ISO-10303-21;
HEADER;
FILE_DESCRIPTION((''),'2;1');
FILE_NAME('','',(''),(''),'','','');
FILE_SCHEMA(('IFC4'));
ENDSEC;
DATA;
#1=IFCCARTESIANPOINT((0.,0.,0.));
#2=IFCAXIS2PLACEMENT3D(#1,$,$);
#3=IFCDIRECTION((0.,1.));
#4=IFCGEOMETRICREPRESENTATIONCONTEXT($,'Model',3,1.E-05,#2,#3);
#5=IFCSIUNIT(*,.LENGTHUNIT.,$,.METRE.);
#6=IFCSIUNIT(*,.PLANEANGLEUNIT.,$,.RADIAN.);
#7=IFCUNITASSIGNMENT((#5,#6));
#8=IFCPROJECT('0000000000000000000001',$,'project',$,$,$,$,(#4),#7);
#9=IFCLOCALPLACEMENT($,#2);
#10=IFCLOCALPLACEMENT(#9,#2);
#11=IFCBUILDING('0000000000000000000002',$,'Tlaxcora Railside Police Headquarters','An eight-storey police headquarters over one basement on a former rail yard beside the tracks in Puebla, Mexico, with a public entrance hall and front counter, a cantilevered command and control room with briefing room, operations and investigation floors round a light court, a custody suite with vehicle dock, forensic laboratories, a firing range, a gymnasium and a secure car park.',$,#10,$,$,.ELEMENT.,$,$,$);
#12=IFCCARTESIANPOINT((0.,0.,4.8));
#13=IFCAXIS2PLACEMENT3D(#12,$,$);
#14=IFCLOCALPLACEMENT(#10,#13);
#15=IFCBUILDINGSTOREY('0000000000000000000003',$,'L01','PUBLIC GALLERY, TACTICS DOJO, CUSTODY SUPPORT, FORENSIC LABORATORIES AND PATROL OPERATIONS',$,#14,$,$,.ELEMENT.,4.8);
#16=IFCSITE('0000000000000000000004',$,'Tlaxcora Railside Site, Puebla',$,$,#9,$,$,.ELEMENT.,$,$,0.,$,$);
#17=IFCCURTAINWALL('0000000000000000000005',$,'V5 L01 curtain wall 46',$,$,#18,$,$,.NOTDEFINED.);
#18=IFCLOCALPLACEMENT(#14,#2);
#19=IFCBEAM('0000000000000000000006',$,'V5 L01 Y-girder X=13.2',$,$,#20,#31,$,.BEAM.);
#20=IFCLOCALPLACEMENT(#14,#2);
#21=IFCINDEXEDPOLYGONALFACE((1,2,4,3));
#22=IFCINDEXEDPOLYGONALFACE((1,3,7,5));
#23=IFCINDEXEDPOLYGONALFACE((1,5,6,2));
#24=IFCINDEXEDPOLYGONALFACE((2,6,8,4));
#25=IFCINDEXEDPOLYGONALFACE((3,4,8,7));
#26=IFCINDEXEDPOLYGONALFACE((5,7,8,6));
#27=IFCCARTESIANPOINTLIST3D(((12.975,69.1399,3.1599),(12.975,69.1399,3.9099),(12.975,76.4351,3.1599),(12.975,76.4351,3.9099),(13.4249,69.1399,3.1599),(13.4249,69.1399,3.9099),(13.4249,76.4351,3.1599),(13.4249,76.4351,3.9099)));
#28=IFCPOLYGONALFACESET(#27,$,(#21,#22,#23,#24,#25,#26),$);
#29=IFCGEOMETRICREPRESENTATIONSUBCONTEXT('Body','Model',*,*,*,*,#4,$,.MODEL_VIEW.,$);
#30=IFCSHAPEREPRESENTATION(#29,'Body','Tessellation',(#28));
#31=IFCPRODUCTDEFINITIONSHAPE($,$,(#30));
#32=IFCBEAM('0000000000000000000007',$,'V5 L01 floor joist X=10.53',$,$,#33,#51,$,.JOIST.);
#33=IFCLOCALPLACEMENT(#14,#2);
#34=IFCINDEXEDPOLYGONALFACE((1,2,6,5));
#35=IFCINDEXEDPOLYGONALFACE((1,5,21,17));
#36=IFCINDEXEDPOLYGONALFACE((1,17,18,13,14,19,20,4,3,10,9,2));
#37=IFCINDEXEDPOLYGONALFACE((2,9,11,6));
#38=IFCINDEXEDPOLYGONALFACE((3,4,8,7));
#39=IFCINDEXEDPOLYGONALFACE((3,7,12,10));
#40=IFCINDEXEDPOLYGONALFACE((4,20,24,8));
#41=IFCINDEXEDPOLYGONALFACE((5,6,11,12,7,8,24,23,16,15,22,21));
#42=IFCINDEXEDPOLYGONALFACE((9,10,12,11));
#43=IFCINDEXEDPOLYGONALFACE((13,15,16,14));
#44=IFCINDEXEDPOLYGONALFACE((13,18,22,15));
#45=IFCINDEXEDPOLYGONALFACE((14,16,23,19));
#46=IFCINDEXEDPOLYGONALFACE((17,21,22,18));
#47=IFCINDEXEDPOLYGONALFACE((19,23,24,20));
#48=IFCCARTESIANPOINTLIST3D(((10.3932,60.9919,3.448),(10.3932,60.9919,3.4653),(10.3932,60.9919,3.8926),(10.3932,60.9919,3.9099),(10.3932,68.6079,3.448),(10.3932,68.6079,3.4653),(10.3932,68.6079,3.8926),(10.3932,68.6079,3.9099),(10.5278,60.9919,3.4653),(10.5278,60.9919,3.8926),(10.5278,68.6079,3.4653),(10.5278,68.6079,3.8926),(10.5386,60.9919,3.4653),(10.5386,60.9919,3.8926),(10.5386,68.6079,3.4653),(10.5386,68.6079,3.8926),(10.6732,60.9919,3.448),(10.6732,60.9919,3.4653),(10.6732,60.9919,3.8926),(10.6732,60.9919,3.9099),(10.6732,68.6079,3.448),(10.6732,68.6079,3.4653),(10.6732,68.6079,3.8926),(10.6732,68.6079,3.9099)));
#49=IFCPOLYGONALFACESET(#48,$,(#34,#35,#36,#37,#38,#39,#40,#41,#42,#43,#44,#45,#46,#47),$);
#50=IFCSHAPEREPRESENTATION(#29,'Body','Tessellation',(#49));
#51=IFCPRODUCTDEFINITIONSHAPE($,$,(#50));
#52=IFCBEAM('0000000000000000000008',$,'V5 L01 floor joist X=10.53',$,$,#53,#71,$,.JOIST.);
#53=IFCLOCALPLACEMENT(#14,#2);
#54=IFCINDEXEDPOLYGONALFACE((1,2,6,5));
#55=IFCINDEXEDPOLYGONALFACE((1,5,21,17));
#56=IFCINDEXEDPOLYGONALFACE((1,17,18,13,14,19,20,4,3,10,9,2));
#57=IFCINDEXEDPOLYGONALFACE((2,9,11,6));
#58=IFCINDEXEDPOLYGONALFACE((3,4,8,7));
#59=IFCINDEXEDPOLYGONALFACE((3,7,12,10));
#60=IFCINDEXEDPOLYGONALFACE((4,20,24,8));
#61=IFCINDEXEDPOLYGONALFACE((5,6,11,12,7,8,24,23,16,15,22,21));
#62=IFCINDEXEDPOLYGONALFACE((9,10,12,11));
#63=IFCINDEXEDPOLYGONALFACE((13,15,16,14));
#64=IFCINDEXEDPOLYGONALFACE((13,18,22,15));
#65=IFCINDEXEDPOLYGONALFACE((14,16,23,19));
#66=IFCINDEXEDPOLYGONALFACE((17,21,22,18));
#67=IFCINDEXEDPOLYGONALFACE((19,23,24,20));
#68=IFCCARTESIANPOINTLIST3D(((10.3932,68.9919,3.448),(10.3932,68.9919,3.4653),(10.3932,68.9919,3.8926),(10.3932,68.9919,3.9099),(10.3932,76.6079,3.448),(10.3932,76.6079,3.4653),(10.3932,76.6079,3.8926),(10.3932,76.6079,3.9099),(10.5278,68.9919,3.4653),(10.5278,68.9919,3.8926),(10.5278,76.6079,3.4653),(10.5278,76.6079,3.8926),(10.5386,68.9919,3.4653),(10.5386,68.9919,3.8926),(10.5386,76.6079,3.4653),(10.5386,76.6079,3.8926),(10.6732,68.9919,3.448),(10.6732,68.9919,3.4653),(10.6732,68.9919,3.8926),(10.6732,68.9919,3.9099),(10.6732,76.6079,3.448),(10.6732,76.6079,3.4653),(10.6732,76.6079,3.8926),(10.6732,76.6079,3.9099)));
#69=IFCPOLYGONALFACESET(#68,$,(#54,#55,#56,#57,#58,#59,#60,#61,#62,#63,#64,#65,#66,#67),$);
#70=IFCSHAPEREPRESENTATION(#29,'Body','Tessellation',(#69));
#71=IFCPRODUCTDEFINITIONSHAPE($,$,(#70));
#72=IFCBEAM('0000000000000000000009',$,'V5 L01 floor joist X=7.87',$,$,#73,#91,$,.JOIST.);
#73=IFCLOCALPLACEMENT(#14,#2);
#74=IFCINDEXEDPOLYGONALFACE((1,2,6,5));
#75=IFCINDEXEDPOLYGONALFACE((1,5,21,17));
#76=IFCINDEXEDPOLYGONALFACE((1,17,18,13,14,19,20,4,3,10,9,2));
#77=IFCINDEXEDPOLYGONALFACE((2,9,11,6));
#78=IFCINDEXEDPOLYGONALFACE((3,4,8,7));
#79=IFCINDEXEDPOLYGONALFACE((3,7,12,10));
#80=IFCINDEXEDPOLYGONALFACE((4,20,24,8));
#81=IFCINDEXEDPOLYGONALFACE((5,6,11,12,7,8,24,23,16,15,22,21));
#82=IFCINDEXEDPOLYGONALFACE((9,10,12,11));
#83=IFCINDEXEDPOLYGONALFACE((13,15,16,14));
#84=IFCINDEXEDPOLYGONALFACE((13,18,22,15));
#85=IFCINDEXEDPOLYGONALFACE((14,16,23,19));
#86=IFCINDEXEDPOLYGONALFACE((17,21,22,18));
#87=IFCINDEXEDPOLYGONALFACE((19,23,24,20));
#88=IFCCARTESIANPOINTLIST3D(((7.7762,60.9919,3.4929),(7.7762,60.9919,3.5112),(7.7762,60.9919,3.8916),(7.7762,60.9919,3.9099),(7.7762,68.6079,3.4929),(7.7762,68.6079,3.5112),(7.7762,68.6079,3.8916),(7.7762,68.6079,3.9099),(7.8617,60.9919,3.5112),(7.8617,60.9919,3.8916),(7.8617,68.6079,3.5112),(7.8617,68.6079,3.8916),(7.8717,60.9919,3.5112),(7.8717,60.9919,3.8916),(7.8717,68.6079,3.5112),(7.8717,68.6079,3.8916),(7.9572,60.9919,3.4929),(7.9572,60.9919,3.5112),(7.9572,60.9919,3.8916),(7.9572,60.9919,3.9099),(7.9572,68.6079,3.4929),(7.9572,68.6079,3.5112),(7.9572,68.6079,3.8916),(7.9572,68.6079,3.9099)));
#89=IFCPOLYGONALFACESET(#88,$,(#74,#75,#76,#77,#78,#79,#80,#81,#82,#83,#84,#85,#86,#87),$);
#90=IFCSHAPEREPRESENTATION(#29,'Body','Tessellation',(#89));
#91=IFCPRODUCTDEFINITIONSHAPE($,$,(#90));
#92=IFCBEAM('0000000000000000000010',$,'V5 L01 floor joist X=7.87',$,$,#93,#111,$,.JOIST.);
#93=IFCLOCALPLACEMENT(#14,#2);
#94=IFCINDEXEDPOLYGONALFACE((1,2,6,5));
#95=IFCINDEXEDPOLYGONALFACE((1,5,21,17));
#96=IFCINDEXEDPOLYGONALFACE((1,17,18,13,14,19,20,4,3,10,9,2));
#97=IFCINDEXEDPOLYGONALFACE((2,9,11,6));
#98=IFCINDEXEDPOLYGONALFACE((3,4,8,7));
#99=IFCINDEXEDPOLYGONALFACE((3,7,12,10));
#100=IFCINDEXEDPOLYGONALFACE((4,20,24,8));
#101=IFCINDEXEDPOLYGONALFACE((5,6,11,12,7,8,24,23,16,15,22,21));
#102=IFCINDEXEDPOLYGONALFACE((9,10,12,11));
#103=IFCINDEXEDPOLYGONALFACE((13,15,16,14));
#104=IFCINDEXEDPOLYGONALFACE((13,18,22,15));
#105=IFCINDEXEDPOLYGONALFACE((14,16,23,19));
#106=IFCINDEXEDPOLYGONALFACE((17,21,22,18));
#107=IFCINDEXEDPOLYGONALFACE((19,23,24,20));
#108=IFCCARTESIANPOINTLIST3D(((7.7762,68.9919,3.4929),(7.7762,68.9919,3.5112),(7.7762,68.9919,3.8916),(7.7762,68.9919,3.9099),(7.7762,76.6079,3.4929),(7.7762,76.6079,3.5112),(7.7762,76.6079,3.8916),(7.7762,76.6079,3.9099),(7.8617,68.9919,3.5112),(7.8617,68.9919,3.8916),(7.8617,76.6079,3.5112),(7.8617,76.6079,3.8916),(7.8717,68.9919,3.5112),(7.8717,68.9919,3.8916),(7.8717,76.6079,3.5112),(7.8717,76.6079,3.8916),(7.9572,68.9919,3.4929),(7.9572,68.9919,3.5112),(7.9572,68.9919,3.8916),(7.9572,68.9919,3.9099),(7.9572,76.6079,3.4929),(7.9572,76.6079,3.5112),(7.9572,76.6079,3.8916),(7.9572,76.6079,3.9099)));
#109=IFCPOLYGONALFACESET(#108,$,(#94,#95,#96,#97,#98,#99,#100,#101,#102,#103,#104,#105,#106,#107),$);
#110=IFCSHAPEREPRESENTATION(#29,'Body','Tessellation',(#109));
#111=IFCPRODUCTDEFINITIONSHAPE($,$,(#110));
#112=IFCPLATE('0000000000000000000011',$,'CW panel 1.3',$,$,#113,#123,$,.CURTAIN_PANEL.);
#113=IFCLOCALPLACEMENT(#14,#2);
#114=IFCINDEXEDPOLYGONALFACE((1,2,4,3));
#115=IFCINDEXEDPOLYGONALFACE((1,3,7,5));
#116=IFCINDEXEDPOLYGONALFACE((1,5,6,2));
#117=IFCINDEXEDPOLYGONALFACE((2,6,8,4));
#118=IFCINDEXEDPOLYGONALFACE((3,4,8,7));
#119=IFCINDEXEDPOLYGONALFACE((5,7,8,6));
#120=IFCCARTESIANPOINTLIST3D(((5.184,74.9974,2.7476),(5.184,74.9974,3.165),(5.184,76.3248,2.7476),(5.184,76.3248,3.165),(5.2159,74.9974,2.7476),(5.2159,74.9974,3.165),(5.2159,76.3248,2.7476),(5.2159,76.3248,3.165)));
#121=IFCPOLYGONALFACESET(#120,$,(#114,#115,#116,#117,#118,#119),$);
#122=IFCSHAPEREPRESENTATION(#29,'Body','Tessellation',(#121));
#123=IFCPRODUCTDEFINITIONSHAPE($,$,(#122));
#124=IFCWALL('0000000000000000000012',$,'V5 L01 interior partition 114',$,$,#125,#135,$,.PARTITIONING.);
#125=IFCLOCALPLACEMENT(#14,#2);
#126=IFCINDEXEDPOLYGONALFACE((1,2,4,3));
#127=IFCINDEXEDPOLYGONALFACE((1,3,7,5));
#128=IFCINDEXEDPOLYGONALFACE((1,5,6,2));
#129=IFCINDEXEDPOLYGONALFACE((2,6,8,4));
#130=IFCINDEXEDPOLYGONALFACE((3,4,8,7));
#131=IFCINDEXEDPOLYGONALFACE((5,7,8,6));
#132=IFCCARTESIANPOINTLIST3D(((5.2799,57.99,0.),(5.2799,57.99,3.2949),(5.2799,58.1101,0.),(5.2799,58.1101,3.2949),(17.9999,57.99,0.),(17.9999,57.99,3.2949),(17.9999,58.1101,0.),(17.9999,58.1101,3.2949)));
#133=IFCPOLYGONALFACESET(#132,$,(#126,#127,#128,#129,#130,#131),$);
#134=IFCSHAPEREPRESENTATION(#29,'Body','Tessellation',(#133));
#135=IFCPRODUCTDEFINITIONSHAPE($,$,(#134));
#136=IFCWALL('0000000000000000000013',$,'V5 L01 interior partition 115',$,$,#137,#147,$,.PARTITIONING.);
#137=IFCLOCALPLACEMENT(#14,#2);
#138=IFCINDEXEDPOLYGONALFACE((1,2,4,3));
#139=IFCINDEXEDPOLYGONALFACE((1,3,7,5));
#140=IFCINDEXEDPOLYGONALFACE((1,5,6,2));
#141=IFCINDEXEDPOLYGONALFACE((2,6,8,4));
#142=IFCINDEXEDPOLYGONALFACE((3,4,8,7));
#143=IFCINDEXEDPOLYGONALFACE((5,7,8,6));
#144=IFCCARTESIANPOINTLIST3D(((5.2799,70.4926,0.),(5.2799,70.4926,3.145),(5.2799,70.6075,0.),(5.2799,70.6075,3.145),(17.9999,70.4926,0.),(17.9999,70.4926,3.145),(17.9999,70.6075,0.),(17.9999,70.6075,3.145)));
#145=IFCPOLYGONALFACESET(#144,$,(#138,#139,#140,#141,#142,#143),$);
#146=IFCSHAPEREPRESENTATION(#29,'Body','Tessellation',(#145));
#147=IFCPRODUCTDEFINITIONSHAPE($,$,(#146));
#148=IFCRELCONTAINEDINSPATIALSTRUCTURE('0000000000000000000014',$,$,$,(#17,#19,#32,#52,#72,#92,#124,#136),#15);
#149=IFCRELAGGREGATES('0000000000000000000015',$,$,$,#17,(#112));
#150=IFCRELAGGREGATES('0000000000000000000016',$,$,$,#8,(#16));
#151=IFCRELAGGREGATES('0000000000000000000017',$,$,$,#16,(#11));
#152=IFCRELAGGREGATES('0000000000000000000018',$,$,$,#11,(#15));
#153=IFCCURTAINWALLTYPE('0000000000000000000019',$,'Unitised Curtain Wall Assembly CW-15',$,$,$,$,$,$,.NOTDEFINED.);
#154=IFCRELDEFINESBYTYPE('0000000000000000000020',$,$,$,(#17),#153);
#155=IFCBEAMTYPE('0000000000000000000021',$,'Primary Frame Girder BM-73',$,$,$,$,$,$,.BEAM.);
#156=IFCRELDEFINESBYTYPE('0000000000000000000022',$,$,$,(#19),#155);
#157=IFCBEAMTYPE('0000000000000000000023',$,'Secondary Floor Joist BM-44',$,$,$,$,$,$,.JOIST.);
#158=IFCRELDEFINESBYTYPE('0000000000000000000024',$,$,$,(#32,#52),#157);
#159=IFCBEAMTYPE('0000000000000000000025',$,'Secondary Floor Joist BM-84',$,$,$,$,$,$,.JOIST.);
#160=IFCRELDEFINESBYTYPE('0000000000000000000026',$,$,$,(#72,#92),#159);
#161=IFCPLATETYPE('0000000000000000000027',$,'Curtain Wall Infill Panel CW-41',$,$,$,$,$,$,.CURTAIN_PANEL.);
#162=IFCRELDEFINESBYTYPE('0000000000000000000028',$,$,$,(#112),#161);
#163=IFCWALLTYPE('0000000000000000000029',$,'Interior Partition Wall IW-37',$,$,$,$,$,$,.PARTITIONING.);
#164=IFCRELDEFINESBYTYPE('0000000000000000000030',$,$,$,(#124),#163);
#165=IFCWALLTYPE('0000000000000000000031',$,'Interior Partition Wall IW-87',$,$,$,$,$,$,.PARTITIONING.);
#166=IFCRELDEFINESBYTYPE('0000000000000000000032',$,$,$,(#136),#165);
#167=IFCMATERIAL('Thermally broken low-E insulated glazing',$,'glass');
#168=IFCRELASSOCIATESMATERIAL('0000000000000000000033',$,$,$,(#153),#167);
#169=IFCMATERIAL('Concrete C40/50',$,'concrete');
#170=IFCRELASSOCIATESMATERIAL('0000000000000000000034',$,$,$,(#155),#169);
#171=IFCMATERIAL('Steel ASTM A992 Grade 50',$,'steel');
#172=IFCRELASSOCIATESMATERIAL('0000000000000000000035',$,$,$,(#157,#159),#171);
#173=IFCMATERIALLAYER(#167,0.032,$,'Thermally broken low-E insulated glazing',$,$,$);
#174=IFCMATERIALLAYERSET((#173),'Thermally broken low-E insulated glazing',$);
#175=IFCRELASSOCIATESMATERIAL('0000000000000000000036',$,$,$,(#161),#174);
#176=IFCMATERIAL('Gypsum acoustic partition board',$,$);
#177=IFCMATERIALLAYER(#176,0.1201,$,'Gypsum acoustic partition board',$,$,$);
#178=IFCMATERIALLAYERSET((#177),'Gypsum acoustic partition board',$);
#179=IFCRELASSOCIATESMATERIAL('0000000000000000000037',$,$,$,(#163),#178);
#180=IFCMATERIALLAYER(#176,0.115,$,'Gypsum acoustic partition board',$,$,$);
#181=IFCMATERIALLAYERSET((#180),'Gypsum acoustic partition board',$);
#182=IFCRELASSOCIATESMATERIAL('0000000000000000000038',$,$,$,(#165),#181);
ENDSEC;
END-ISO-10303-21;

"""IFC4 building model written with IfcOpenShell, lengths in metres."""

from ifc_helpers import new_model, si_unit, direction, frame, frame_2d, origin, origin_2d, place, context, subcontext, project, spatial, rectangle, i_section, extrude, material, layer, layer_set, material_profile, profile_set, type_object, element, aggregate, save


model = new_model("IFC4")

# Units and contexts
model_context = context("Model", 3, precision=1e-05, world=origin(), true_north=direction((0.0, 1.0)))
body_context = subcontext(model_context, "Body", "Model", "MODEL_VIEW")
ifc_project = project(units=[si_unit("LENGTHUNIT", "METRE"), si_unit("PLANEANGLEUNIT", "RADIAN")], contexts=[model_context])

# Site, building, storey
site_placement = place(None, origin())
site = spatial("IfcSite", under=ifc_project, at=site_placement, Name="Tlaxcora Railside Site, Puebla", CompositionType="ELEMENT", RefElevation=0.0)
building_placement = place(site_placement, origin())
building = spatial("IfcBuilding", under=site, at=building_placement, Name="Tlaxcora Railside Police Headquarters", Description="An eight-storey police headquarters over one basement on a former rail yard beside the tracks in Puebla, Mexico, with a public entrance hall and front counter, a cantilevered command and control room with briefing room, operations and investigation floors round a light court, a custody suite with vehicle dock, forensic laboratories, a firing range, a gymnasium and a secure car park.", CompositionType="ELEMENT")
storey_placement = place(building_placement, frame((0.0, 0.0, 4.8)))
storey = spatial("IfcBuildingStorey", under=building, at=storey_placement, Name="L01", Description="PUBLIC GALLERY, TACTICS DOJO, CUSTODY SUPPORT, FORENSIC LABORATORIES AND PATROL OPERATIONS", CompositionType="ELEMENT", Elevation=4.8)

# Shared definitions
ifc_material_1 = material(Name="Concrete C40/50", Category="concrete")

# Curtain wall
ifc_material_2 = material(Name="Thermally broken low-E insulated glazing", Category="glass")
curtain_wall_type = type_object("IfcCurtainWallType", Name="Unitised Curtain Wall Assembly CW-15", PredefinedType="NOTDEFINED", material=ifc_material_2)
curtain_wall_placement = place(storey_placement, origin())
curtain_wall = element("IfcCurtainWall", 1, at=curtain_wall_placement, inside=storey, type_object=curtain_wall_type, Name="V5 L01 curtain wall 46", PredefinedType="NOTDEFINED")

# Beams
ifc_material_profile_1 = material_profile(ifc_material_1, rectangle(XDim=0.45, YDim=0.75, at=origin_2d()), Name="RC450X750")
ifc_profile_set_1 = profile_set([ifc_material_profile_1], Name="Concrete C40/50")
beam_type_1 = type_object("IfcBeamType", Name="Primary Frame Girder BM-73", PredefinedType="BEAM", material=ifc_profile_set_1)
beam_1_placement = place(storey_placement, frame((13.2, 69.1399, 3.5349), z_axis=(0.0, 1.0, 0.0), x_axis=(-1.0, 0.0, 0.0)))
element("IfcBeam", 2, at=beam_1_placement, inside=storey, type_object=beam_type_1, Name="V5 L01 Y-girder X=13.2", PredefinedType="BEAM", context=body_context, shape_type="SweptSolid", body=[
    extrude(rectangle(XDim=0.45, YDim=0.75, at=origin_2d()), origin(), (0.0, 0.0, 1.0), 7.2952),
])
ifc_material_3 = material(Name="Steel ASTM A992 Grade 50", Category="steel")
ifc_material_profile_2 = material_profile(ifc_material_3, i_section(OverallWidth=0.28, OverallDepth=0.4619, WebThickness=0.0107, FlangeThickness=0.0173, at=origin_2d()), Name="W18X76")
ifc_profile_set_2 = profile_set([ifc_material_profile_2], Name="Steel ASTM A992 Grade 50")
beam_type_2 = type_object("IfcBeamType", Name="Secondary Floor Joist BM-44", PredefinedType="JOIST", material=ifc_profile_set_2)
for number, where, z_axis, x_axis, name in (
    (3, (10.5332, 60.9919, 3.679), (0.0, 1.0, 0.0), (-1.0, 0.0, 0.0), "V5 L01 floor joist X=10.53"),
    (4, (10.5332, 68.9919, 3.679), (0.0, 1.0, 0.0), (-1.0, 0.0, 0.0), "V5 L01 floor joist X=10.53"),
):
    element("IfcBeam", number, at=place(storey_placement, frame(where, z_axis=z_axis, x_axis=x_axis)), inside=storey, type_object=beam_type_2, Name=name, PredefinedType="JOIST", context=body_context, shape_type="SweptSolid", body=[
        extrude(i_section(OverallWidth=0.28, OverallDepth=0.4619, WebThickness=0.0107, FlangeThickness=0.0173, at=origin_2d()), origin(), (0.0, 0.0, 1.0), 7.616),
    ])
ifc_material_profile_3 = material_profile(ifc_material_3, i_section(OverallWidth=0.1809, OverallDepth=0.417, WebThickness=0.01, FlangeThickness=0.0183, at=origin_2d()), Name="W16X57")
ifc_profile_set_3 = profile_set([ifc_material_profile_3], Name="Steel ASTM A992 Grade 50")
beam_type_3 = type_object("IfcBeamType", Name="Secondary Floor Joist BM-84", PredefinedType="JOIST", material=ifc_profile_set_3)
for number, where, z_axis, x_axis, name in (
    (5, (7.8667, 60.9919, 3.7014), (0.0, 1.0, 0.0), (-1.0, 0.0, 0.0), "V5 L01 floor joist X=7.87"),
    (6, (7.8667, 68.9919, 3.7014), (0.0, 1.0, 0.0), (-1.0, 0.0, 0.0), "V5 L01 floor joist X=7.87"),
):
    element("IfcBeam", number, at=place(storey_placement, frame(where, z_axis=z_axis, x_axis=x_axis)), inside=storey, type_object=beam_type_3, Name=name, PredefinedType="JOIST", context=body_context, shape_type="SweptSolid", body=[
        extrude(i_section(OverallWidth=0.1809, OverallDepth=0.417, WebThickness=0.01, FlangeThickness=0.0183, at=origin_2d()), origin(), (0.0, 0.0, 1.0), 7.616),
    ])

# Plate
ifc_layer_1 = layer(ifc_material_2, 0.032, Name="Thermally broken low-E insulated glazing")
ifc_layer_set_1 = layer_set([ifc_layer_1], Name="Thermally broken low-E insulated glazing")
plate_type = type_object("IfcPlateType", Name="Curtain Wall Infill Panel CW-41", PredefinedType="CURTAIN_PANEL", material=ifc_layer_set_1)
plate_placement = place(storey_placement, frame((5.2, 75.6611, 2.7476), z_axis=(0.0, 0.0, 1.0), x_axis=(0.0, -1.0, 0.0)))
plate = element("IfcPlate", 7, at=plate_placement, type_object=plate_type, Name="CW panel 1.3", PredefinedType="CURTAIN_PANEL", context=body_context, shape_type="SweptSolid", body=[
    extrude(rectangle(XDim=1.3274, YDim=0.032, at=origin_2d()), origin(), (0.0, 0.0, 1.0), 0.4175),
])
aggregate(curtain_wall, [plate])

# Walls
ifc_material_4 = material(Name="Gypsum acoustic partition board")
ifc_layer_2 = layer(ifc_material_4, 0.1201, Name="Gypsum acoustic partition board")
ifc_layer_set_2 = layer_set([ifc_layer_2], Name="Gypsum acoustic partition board")
wall_type_1 = type_object("IfcWallType", Name="Interior Partition Wall IW-37", PredefinedType="PARTITIONING", material=ifc_layer_set_2)
wall_1_placement = place(storey_placement, frame((5.28, 58.05, 0.0), z_axis=(0.0, 0.0, 1.0), x_axis=(1.0, 0.0, 0.0)))
element("IfcWall", 8, at=wall_1_placement, inside=storey, type_object=wall_type_1, Name="V5 L01 interior partition 114", PredefinedType="PARTITIONING", context=body_context, shape_type="SweptSolid", body=[
    extrude(rectangle(XDim=12.72, YDim=0.1201, at=frame_2d((6.3599, 0.0))), origin(), (0.0, 0.0, 1.0), 3.2949),
])
ifc_layer_3 = layer(ifc_material_4, 0.115, Name="Gypsum acoustic partition board")
ifc_layer_set_3 = layer_set([ifc_layer_3], Name="Gypsum acoustic partition board")
wall_type_2 = type_object("IfcWallType", Name="Interior Partition Wall IW-87", PredefinedType="PARTITIONING", material=ifc_layer_set_3)
wall_2_placement = place(storey_placement, frame((5.28, 70.55, 0.0), z_axis=(0.0, 0.0, 1.0), x_axis=(1.0, 0.0, 0.0)))
element("IfcWall", 9, at=wall_2_placement, inside=storey, type_object=wall_type_2, Name="V5 L01 interior partition 115", PredefinedType="PARTITIONING", context=body_context, shape_type="SweptSolid", body=[
    extrude(rectangle(XDim=12.72, YDim=0.115, at=frame_2d((6.3599, 0.0))), origin(), (0.0, 0.0, 1.0), 3.145),
])

save(model, "model.ifc")
